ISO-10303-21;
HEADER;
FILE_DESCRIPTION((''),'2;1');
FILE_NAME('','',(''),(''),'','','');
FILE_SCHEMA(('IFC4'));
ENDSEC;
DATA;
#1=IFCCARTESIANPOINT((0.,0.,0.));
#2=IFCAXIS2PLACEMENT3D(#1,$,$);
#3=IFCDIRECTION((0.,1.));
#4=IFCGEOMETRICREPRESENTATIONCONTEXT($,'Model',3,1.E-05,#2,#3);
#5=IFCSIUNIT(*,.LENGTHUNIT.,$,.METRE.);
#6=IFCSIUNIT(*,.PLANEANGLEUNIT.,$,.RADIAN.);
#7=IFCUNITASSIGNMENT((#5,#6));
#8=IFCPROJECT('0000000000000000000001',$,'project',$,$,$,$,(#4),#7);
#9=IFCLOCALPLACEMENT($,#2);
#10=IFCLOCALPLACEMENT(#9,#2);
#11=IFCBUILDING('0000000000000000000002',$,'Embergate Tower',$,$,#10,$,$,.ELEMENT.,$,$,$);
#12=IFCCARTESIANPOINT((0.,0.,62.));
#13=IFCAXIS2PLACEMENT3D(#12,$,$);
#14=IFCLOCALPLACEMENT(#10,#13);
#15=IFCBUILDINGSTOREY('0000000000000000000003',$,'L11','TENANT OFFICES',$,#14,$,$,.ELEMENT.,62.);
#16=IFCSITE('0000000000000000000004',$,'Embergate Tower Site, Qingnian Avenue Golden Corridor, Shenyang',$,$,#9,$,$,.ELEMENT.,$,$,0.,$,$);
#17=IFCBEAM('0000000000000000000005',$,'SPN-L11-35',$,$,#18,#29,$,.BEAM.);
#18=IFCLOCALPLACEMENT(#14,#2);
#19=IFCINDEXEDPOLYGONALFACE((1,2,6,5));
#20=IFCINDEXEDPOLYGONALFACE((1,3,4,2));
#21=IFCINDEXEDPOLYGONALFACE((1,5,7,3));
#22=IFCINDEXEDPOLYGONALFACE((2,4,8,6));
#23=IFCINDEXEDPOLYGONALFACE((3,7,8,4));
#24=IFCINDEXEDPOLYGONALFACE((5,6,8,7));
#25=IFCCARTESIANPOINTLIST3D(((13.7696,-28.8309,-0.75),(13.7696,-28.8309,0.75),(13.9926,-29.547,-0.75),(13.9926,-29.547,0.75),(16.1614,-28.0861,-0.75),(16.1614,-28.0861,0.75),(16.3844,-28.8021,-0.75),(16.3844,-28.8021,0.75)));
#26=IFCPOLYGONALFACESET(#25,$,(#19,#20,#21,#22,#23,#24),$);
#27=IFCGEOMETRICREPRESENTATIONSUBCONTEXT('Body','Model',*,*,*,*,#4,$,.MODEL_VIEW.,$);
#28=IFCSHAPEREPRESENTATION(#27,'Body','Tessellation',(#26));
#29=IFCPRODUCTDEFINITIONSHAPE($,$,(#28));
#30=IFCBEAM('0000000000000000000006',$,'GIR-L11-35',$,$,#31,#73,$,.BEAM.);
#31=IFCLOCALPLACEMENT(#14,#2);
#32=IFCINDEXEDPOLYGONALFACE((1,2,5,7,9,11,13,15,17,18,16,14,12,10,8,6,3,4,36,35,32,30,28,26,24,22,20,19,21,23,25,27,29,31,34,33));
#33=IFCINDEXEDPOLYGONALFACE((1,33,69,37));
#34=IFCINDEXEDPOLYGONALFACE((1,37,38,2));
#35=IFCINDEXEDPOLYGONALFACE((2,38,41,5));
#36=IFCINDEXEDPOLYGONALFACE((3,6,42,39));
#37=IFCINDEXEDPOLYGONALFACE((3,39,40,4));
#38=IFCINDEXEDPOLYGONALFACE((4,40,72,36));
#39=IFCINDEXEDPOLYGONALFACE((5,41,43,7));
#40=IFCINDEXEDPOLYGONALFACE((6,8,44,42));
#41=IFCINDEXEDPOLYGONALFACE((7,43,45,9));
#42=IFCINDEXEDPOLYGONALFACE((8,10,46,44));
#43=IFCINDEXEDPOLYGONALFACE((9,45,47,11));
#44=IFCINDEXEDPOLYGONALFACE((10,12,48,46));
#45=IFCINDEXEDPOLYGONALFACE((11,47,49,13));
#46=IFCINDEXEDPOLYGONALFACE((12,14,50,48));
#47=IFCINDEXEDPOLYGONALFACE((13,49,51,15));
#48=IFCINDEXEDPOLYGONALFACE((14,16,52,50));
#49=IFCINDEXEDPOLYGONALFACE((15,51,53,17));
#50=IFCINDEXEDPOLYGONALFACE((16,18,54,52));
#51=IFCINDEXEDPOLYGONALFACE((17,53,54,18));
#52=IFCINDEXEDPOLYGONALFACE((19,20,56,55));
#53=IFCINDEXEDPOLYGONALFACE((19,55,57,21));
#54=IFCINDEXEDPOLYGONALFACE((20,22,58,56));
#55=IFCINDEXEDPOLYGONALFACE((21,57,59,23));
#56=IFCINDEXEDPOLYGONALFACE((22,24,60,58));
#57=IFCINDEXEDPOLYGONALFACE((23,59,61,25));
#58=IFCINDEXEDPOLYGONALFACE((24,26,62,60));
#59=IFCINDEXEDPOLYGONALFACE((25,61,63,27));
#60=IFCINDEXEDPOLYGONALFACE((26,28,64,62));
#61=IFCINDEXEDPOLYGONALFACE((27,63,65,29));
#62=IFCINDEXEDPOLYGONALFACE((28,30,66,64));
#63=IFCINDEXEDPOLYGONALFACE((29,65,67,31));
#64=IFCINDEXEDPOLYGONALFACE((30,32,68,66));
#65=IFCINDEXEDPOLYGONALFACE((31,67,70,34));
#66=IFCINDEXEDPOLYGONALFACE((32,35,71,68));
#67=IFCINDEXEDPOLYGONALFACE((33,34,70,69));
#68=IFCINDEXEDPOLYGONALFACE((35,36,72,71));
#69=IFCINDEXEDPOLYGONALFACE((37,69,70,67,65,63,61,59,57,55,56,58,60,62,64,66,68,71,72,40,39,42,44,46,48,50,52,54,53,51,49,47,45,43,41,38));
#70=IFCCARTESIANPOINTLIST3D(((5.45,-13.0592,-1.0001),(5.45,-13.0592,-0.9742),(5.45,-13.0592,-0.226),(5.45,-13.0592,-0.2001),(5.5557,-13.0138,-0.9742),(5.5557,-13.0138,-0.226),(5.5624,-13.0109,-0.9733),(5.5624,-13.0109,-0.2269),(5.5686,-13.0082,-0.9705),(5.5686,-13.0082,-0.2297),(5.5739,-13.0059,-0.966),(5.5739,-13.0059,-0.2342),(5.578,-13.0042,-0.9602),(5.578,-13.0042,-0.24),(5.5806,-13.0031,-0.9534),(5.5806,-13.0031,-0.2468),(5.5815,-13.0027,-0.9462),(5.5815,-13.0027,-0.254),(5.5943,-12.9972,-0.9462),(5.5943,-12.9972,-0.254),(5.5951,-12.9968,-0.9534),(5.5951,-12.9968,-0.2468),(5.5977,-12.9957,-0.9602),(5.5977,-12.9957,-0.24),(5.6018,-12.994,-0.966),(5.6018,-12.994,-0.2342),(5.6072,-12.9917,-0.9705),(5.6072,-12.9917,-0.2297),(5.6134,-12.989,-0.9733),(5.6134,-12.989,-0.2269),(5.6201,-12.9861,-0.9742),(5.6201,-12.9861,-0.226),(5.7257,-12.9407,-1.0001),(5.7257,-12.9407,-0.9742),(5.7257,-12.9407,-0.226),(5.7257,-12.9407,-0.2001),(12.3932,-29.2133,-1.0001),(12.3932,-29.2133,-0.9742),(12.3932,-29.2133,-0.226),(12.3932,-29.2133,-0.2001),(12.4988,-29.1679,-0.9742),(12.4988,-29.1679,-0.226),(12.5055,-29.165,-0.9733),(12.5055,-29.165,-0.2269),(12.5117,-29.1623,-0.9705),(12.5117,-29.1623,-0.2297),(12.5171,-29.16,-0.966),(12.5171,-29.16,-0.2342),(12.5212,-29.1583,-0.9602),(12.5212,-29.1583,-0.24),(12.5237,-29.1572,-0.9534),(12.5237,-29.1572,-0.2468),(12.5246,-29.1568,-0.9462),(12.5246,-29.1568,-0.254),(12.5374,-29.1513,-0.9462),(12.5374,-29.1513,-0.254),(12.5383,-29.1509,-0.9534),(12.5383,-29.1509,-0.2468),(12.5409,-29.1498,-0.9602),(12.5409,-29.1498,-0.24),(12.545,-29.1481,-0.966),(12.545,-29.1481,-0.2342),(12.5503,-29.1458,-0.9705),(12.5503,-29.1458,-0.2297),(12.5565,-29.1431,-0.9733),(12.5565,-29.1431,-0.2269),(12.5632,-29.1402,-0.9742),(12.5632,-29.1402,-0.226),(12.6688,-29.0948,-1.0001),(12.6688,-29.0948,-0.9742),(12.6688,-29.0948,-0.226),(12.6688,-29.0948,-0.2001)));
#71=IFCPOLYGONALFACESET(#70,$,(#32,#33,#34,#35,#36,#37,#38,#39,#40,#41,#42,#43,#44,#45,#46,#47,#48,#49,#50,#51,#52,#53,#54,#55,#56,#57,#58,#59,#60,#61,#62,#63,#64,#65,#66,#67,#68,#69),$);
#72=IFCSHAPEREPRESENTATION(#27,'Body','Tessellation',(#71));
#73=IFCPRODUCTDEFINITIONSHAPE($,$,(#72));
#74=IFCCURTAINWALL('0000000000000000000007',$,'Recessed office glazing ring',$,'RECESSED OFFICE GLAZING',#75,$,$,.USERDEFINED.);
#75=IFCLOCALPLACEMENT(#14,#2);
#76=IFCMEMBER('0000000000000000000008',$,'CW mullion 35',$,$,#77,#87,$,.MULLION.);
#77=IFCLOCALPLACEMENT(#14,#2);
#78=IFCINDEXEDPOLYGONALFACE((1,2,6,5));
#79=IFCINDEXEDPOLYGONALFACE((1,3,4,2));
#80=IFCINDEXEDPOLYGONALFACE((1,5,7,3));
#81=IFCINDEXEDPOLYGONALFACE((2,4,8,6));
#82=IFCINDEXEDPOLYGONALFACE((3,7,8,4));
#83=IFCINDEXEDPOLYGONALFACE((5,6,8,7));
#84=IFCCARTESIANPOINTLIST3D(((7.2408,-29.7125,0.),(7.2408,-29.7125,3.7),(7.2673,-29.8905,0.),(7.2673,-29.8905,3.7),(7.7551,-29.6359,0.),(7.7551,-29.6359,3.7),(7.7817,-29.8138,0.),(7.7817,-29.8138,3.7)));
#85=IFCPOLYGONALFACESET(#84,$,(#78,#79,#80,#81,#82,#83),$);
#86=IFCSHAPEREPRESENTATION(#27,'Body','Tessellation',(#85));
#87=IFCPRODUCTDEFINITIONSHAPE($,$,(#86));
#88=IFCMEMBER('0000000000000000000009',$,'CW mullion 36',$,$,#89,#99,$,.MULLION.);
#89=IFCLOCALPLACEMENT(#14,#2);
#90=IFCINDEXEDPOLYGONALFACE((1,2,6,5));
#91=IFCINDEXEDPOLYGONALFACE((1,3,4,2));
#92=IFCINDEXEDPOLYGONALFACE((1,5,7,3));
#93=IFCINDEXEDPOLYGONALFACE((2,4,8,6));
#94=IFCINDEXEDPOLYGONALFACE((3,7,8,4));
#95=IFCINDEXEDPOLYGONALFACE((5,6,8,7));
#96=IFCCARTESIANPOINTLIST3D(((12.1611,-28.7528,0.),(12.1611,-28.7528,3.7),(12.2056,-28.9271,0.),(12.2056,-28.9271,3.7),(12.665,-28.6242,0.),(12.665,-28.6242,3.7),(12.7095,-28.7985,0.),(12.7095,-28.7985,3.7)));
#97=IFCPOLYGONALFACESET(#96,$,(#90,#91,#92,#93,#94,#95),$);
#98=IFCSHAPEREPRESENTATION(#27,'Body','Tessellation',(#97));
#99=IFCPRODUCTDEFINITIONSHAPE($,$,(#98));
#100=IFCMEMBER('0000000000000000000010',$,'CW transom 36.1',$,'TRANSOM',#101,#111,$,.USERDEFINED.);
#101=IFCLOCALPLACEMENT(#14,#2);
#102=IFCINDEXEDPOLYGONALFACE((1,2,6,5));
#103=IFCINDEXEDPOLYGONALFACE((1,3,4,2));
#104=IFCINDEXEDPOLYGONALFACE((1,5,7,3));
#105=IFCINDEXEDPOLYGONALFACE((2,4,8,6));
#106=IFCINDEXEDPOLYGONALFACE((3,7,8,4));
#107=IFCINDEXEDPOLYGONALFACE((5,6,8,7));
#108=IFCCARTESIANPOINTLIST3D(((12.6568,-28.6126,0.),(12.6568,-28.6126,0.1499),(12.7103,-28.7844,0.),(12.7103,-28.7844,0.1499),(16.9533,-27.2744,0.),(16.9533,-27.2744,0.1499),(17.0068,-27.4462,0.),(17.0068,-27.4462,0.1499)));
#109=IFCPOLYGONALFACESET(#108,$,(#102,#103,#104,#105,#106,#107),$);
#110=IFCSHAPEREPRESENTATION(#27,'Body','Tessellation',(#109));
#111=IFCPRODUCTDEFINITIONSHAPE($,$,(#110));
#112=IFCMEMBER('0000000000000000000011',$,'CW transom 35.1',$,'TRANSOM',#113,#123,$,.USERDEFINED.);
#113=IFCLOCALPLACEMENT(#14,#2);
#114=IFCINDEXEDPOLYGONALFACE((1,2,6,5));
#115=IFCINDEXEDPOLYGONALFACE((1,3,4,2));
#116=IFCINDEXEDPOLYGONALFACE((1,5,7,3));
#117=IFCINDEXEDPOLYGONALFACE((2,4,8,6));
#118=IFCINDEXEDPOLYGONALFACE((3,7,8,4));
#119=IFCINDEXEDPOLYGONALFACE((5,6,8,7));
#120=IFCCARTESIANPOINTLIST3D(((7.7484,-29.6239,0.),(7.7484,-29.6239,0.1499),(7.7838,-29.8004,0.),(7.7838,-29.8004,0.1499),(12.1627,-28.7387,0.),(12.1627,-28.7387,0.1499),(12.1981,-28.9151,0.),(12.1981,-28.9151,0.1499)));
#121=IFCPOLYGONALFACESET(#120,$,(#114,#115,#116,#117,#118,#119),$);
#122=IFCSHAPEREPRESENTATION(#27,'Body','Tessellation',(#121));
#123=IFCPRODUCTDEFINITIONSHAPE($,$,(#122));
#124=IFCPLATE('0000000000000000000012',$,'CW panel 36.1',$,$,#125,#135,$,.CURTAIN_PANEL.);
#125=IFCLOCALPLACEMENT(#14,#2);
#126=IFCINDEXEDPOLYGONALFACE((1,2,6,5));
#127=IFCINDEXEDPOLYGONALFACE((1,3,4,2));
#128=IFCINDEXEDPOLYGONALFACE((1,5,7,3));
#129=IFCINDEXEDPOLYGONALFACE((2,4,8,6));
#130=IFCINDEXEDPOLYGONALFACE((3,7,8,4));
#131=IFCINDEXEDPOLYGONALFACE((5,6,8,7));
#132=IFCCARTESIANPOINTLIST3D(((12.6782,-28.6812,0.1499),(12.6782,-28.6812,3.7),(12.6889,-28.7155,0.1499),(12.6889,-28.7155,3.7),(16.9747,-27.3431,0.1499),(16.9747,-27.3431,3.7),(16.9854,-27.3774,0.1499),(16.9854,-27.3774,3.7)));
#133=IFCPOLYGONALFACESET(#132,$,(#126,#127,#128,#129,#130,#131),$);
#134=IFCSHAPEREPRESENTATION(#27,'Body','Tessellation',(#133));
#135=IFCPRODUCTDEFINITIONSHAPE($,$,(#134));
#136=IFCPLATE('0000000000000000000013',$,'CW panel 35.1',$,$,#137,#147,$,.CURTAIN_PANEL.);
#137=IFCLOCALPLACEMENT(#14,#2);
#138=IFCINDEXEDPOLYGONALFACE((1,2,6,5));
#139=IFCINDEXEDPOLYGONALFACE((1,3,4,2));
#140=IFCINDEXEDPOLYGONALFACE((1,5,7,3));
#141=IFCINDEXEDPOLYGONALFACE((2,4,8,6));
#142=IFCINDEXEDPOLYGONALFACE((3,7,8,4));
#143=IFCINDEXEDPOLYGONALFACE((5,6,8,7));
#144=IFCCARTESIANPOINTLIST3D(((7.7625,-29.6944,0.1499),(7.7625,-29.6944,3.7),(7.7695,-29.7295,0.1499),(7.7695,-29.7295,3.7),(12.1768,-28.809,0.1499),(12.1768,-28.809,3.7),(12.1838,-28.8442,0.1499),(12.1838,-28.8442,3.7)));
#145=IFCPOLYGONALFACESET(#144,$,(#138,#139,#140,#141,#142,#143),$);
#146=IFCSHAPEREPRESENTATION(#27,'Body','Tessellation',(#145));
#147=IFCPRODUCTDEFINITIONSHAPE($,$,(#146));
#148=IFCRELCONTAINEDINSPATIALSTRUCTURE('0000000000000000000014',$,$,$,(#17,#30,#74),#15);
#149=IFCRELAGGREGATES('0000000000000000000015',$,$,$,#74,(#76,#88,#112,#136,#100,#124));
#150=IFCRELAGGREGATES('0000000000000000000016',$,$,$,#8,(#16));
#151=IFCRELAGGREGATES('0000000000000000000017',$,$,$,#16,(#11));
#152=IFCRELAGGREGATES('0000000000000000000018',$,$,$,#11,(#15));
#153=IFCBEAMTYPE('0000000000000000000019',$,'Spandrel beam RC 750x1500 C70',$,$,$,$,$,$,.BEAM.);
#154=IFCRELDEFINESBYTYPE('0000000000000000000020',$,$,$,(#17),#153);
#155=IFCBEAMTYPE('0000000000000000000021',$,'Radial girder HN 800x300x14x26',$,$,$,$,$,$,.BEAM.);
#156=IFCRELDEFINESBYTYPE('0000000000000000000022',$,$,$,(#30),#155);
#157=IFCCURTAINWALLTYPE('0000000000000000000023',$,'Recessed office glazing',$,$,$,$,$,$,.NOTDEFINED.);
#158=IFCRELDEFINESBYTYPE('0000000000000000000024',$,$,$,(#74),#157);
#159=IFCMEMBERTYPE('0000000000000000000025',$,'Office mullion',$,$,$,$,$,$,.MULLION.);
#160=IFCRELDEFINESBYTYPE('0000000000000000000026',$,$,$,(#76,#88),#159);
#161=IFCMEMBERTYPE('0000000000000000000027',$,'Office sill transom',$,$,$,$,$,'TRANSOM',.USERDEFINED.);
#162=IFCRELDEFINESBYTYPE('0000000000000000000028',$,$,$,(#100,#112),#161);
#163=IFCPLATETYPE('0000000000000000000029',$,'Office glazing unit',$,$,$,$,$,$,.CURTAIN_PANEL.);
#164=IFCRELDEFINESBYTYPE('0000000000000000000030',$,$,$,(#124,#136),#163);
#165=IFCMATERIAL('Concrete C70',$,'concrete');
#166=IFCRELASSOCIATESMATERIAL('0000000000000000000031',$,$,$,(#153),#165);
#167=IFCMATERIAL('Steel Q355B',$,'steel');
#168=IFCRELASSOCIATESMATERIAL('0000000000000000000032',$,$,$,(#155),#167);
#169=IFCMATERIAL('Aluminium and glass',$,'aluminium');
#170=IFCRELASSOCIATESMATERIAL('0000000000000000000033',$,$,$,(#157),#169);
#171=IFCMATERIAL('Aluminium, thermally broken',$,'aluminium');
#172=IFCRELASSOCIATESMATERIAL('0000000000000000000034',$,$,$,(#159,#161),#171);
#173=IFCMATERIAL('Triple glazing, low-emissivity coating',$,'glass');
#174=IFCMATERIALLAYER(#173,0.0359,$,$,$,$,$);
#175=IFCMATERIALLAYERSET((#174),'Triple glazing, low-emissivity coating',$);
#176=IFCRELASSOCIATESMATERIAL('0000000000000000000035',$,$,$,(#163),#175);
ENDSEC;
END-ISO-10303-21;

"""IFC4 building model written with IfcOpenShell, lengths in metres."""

from ifc_helpers import new_model, si_unit, direction, frame, origin, origin_2d, place, context, subcontext, project, spatial, rectangle, i_section, extrude, source, transform, mapped, material, layer, layer_set, material_profile, profile_set, type_object, element, aggregate, save


model = new_model("IFC4")

# Units and contexts
model_context = context("Model", 3, precision=1e-05, world=origin(), true_north=direction((0.0, 1.0)))
body_context = subcontext(model_context, "Body", "Model", "MODEL_VIEW")
ifc_project = project(units=[si_unit("LENGTHUNIT", "METRE"), si_unit("PLANEANGLEUNIT", "RADIAN")], contexts=[model_context])

# Site, building, storey
site_placement = place(None, origin())
site = spatial("IfcSite", under=ifc_project, at=site_placement, Name="Embergate Tower Site, Qingnian Avenue Golden Corridor, Shenyang", CompositionType="ELEMENT", RefElevation=0.0)
building_placement = place(site_placement, origin())
building = spatial("IfcBuilding", under=site, at=building_placement, Name="Embergate Tower", CompositionType="ELEMENT")
storey_placement = place(building_placement, frame((0.0, 0.0, 62.0)))
storey = spatial("IfcBuildingStorey", under=building, at=storey_placement, Name="L11", Description="TENANT OFFICES", CompositionType="ELEMENT", Elevation=62.0)

# Beams
ifc_material_1 = material(Name="Concrete C70", Category="concrete")
ifc_material_profile_1 = material_profile(ifc_material_1, rectangle(XDim=0.75, YDim=1.5, at=origin_2d()), Name="RC 750x1500")
ifc_profile_set_1 = profile_set([ifc_material_profile_1], Name="Concrete C70")
beam_type_1 = type_object("IfcBeamType", Name="Spandrel beam RC 750x1500 C70", PredefinedType="BEAM", material=ifc_profile_set_1)
shared_shape_1 = source(origin(), body_context, "Body", "SweptSolid", [
    extrude(rectangle(XDim=0.75, YDim=1.5, at=origin_2d()), origin(), (0.0, 0.0, 1.0), 2.5051),
])
beam_1_placement = place(storey_placement, frame((13.8811, -29.189, 0.0), z_axis=(0.954773, 0.297337, 0.0), x_axis=(-0.297337, 0.954773, 0.0)))
element("IfcBeam", 1, at=beam_1_placement, inside=storey, type_object=beam_type_1, Name="SPN-L11-35", PredefinedType="BEAM", context=body_context, shape_type="MappedRepresentation", body=[
    mapped(shared_shape_1, transform((0.0, 0.0, 0.0))),
])
ifc_material_2 = material(Name="Steel Q355B", Category="steel")
ifc_material_profile_2 = material_profile(ifc_material_2, i_section(OverallWidth=0.3, OverallDepth=0.8, WebThickness=0.0139, FlangeThickness=0.0259, FilletRadius=0.0281, at=origin_2d()), Name="HN 800x300x14x26")
ifc_profile_set_2 = profile_set([ifc_material_profile_2], Name="Steel Q355 grade B")
beam_type_2 = type_object("IfcBeamType", Name="Radial girder HN 800x300x14x26", PredefinedType="BEAM", material=ifc_profile_set_2)
shared_shape_2 = source(origin(), body_context, "Body", "SweptSolid", [
    extrude(i_section(OverallWidth=0.3, OverallDepth=0.8, WebThickness=0.0139, FlangeThickness=0.0259, FilletRadius=0.0281, at=origin_2d()), origin(), (0.0, 0.0, 1.0), 17.583),
])
beam_2_placement = place(storey_placement, frame((12.531, -29.1541, -0.6001), z_axis=(-0.394878, 0.918734, 0.0), x_axis=(-0.918734, -0.394878, 0.0)))
element("IfcBeam", 2, at=beam_2_placement, inside=storey, type_object=beam_type_2, Name="GIR-L11-35", PredefinedType="BEAM", context=body_context, shape_type="MappedRepresentation", body=[
    mapped(shared_shape_2, transform((0.0, 0.0, 0.0))),
])

# Curtain wall, members, plates
ifc_material_3 = material(Name="Aluminium and glass", Category="aluminium")
curtain_wall_type = type_object("IfcCurtainWallType", Name="Recessed office glazing", PredefinedType="NOTDEFINED", material=ifc_material_3)
curtain_wall_placement = place(storey_placement, origin())
curtain_wall = element("IfcCurtainWall", 3, at=curtain_wall_placement, inside=storey, type_object=curtain_wall_type, Name="Recessed office glazing ring", ObjectType="RECESSED OFFICE GLAZING", PredefinedType="USERDEFINED")
ifc_material_4 = material(Name="Aluminium, thermally broken", Category="aluminium")
ifc_material_profile_3 = material_profile(ifc_material_4, rectangle(XDim=0.1799, YDim=0.52, at=origin_2d()), Name="AL 520x180")
ifc_profile_set_3 = profile_set([ifc_material_profile_3], Name="Aluminium, thermally broken")
member_type_1 = type_object("IfcMemberType", Name="Office mullion", PredefinedType="MULLION", material=ifc_profile_set_3)
shared_shape_3 = source(origin(), body_context, "Body", "SweptSolid", [
    extrude(rectangle(XDim=0.1799, YDim=0.52, at=origin_2d()), origin(), (0.0, 0.0, 1.0), 3.7),
])
member_1_placement = place(storey_placement, frame((7.5112, -29.7632, 0.0), z_axis=(0.0, 0.0, 1.0), x_axis=(-0.147416, 0.989075, 0.0)))
member_1 = element("IfcMember", 4, at=member_1_placement, type_object=member_type_1, Name="CW mullion 35", PredefinedType="MULLION", context=body_context, shape_type="MappedRepresentation", body=[
    mapped(shared_shape_3, transform((0.0, 0.0, 0.0))),
])
member_2_placement = place(storey_placement, frame((12.4353, -28.7756, 0.0), z_axis=(0.0, 0.0, 1.0), x_axis=(-0.247319, 0.968934, 0.0)))
member_2 = element("IfcMember", 5, at=member_2_placement, type_object=member_type_1, Name="CW mullion 36", PredefinedType="MULLION", context=body_context, shape_type="MappedRepresentation", body=[
    mapped(shared_shape_3, transform((0.0, 0.0, 0.0))),
])
ifc_material_profile_4 = material_profile(ifc_material_4, rectangle(XDim=0.1799, YDim=0.1499, at=origin_2d()), Name="AL 150x180")
ifc_profile_set_4 = profile_set([ifc_material_profile_4], Name="Aluminium, thermally broken")
member_type_2 = type_object("IfcMemberType", Name="Office sill transom", ElementType="TRANSOM", PredefinedType="USERDEFINED", material=ifc_profile_set_4)
shared_shape_4 = source(origin(), body_context, "Body", "SweptSolid", [
    extrude(rectangle(XDim=0.1799, YDim=0.1499, at=origin_2d()), origin(), (0.0, 0.0, 1.0), 4.5),
])
member_3_placement = place(storey_placement, frame((12.6836, -28.6985, 0.075), z_axis=(0.954763, 0.297367, 0.0), x_axis=(-0.297367, 0.954763, 0.0)))
member_3 = element("IfcMember", 6, at=member_3_placement, type_object=member_type_2, Name="CW transom 36.1", ObjectType="TRANSOM", PredefinedType="USERDEFINED", context=body_context, shape_type="MappedRepresentation", body=[
    mapped(shared_shape_4, transform((0.0, 0.0, 0.0))),
])
shared_shape_5 = source(origin(), body_context, "Body", "SweptSolid", [
    extrude(rectangle(XDim=0.1799, YDim=0.1499, at=origin_2d()), origin(), (0.0, 0.0, 1.0), 4.5022),
])
member_4_placement = place(storey_placement, frame((7.7661, -29.7122, 0.075), z_axis=(0.980478, 0.196627, 0.0), x_axis=(-0.196627, 0.980478, 0.0)))
member_4 = element("IfcMember", 7, at=member_4_placement, type_object=member_type_2, Name="CW transom 35.1", ObjectType="TRANSOM", PredefinedType="USERDEFINED", context=body_context, shape_type="MappedRepresentation", body=[
    mapped(shared_shape_5, transform((0.0, 0.0, 0.0))),
])
ifc_material_5 = material(Name="Triple glazing, low-emissivity coating", Category="glass")
ifc_layer_1 = layer(ifc_material_5, 0.0359)
ifc_layer_set_1 = layer_set([ifc_layer_1], Name="Triple glazing, low-emissivity coating")
plate_type = type_object("IfcPlateType", Name="Office glazing unit", PredefinedType="CURTAIN_PANEL", material=ifc_layer_set_1)
shared_shape_6 = source(origin(), body_context, "Body", "SweptSolid", [
    extrude(rectangle(XDim=4.5, YDim=0.0359, at=origin_2d()), origin(), (0.0, 0.0, 1.0), 3.55),
])
plate_1_placement = place(storey_placement, frame((14.8318, -28.0293, 0.1499), z_axis=(0.0, 0.0, 1.0), x_axis=(0.95477, 0.297345, 0.0)))
plate_1 = element("IfcPlate", 8, at=plate_1_placement, type_object=plate_type, Name="CW panel 36.1", PredefinedType="CURTAIN_PANEL", context=body_context, shape_type="MappedRepresentation", body=[
    mapped(shared_shape_6, transform((0.0, 0.0, 0.0))),
])
shared_shape_7 = source(origin(), body_context, "Body", "SweptSolid", [
    extrude(rectangle(XDim=4.5022, YDim=0.0359, at=origin_2d()), origin(), (0.0, 0.0, 1.0), 3.55),
])
plate_2_placement = place(storey_placement, frame((9.9731, -29.2693, 0.1499), z_axis=(0.0, 0.0, 1.0), x_axis=(0.980475, 0.196644, 0.0)))
plate_2 = element("IfcPlate", 9, at=plate_2_placement, type_object=plate_type, Name="CW panel 35.1", PredefinedType="CURTAIN_PANEL", context=body_context, shape_type="MappedRepresentation", body=[
    mapped(shared_shape_7, transform((0.0, 0.0, 0.0))),
])
aggregate(curtain_wall, [member_1, member_2, member_4, plate_2, member_3, plate_1])

save(model, "model.ifc")
